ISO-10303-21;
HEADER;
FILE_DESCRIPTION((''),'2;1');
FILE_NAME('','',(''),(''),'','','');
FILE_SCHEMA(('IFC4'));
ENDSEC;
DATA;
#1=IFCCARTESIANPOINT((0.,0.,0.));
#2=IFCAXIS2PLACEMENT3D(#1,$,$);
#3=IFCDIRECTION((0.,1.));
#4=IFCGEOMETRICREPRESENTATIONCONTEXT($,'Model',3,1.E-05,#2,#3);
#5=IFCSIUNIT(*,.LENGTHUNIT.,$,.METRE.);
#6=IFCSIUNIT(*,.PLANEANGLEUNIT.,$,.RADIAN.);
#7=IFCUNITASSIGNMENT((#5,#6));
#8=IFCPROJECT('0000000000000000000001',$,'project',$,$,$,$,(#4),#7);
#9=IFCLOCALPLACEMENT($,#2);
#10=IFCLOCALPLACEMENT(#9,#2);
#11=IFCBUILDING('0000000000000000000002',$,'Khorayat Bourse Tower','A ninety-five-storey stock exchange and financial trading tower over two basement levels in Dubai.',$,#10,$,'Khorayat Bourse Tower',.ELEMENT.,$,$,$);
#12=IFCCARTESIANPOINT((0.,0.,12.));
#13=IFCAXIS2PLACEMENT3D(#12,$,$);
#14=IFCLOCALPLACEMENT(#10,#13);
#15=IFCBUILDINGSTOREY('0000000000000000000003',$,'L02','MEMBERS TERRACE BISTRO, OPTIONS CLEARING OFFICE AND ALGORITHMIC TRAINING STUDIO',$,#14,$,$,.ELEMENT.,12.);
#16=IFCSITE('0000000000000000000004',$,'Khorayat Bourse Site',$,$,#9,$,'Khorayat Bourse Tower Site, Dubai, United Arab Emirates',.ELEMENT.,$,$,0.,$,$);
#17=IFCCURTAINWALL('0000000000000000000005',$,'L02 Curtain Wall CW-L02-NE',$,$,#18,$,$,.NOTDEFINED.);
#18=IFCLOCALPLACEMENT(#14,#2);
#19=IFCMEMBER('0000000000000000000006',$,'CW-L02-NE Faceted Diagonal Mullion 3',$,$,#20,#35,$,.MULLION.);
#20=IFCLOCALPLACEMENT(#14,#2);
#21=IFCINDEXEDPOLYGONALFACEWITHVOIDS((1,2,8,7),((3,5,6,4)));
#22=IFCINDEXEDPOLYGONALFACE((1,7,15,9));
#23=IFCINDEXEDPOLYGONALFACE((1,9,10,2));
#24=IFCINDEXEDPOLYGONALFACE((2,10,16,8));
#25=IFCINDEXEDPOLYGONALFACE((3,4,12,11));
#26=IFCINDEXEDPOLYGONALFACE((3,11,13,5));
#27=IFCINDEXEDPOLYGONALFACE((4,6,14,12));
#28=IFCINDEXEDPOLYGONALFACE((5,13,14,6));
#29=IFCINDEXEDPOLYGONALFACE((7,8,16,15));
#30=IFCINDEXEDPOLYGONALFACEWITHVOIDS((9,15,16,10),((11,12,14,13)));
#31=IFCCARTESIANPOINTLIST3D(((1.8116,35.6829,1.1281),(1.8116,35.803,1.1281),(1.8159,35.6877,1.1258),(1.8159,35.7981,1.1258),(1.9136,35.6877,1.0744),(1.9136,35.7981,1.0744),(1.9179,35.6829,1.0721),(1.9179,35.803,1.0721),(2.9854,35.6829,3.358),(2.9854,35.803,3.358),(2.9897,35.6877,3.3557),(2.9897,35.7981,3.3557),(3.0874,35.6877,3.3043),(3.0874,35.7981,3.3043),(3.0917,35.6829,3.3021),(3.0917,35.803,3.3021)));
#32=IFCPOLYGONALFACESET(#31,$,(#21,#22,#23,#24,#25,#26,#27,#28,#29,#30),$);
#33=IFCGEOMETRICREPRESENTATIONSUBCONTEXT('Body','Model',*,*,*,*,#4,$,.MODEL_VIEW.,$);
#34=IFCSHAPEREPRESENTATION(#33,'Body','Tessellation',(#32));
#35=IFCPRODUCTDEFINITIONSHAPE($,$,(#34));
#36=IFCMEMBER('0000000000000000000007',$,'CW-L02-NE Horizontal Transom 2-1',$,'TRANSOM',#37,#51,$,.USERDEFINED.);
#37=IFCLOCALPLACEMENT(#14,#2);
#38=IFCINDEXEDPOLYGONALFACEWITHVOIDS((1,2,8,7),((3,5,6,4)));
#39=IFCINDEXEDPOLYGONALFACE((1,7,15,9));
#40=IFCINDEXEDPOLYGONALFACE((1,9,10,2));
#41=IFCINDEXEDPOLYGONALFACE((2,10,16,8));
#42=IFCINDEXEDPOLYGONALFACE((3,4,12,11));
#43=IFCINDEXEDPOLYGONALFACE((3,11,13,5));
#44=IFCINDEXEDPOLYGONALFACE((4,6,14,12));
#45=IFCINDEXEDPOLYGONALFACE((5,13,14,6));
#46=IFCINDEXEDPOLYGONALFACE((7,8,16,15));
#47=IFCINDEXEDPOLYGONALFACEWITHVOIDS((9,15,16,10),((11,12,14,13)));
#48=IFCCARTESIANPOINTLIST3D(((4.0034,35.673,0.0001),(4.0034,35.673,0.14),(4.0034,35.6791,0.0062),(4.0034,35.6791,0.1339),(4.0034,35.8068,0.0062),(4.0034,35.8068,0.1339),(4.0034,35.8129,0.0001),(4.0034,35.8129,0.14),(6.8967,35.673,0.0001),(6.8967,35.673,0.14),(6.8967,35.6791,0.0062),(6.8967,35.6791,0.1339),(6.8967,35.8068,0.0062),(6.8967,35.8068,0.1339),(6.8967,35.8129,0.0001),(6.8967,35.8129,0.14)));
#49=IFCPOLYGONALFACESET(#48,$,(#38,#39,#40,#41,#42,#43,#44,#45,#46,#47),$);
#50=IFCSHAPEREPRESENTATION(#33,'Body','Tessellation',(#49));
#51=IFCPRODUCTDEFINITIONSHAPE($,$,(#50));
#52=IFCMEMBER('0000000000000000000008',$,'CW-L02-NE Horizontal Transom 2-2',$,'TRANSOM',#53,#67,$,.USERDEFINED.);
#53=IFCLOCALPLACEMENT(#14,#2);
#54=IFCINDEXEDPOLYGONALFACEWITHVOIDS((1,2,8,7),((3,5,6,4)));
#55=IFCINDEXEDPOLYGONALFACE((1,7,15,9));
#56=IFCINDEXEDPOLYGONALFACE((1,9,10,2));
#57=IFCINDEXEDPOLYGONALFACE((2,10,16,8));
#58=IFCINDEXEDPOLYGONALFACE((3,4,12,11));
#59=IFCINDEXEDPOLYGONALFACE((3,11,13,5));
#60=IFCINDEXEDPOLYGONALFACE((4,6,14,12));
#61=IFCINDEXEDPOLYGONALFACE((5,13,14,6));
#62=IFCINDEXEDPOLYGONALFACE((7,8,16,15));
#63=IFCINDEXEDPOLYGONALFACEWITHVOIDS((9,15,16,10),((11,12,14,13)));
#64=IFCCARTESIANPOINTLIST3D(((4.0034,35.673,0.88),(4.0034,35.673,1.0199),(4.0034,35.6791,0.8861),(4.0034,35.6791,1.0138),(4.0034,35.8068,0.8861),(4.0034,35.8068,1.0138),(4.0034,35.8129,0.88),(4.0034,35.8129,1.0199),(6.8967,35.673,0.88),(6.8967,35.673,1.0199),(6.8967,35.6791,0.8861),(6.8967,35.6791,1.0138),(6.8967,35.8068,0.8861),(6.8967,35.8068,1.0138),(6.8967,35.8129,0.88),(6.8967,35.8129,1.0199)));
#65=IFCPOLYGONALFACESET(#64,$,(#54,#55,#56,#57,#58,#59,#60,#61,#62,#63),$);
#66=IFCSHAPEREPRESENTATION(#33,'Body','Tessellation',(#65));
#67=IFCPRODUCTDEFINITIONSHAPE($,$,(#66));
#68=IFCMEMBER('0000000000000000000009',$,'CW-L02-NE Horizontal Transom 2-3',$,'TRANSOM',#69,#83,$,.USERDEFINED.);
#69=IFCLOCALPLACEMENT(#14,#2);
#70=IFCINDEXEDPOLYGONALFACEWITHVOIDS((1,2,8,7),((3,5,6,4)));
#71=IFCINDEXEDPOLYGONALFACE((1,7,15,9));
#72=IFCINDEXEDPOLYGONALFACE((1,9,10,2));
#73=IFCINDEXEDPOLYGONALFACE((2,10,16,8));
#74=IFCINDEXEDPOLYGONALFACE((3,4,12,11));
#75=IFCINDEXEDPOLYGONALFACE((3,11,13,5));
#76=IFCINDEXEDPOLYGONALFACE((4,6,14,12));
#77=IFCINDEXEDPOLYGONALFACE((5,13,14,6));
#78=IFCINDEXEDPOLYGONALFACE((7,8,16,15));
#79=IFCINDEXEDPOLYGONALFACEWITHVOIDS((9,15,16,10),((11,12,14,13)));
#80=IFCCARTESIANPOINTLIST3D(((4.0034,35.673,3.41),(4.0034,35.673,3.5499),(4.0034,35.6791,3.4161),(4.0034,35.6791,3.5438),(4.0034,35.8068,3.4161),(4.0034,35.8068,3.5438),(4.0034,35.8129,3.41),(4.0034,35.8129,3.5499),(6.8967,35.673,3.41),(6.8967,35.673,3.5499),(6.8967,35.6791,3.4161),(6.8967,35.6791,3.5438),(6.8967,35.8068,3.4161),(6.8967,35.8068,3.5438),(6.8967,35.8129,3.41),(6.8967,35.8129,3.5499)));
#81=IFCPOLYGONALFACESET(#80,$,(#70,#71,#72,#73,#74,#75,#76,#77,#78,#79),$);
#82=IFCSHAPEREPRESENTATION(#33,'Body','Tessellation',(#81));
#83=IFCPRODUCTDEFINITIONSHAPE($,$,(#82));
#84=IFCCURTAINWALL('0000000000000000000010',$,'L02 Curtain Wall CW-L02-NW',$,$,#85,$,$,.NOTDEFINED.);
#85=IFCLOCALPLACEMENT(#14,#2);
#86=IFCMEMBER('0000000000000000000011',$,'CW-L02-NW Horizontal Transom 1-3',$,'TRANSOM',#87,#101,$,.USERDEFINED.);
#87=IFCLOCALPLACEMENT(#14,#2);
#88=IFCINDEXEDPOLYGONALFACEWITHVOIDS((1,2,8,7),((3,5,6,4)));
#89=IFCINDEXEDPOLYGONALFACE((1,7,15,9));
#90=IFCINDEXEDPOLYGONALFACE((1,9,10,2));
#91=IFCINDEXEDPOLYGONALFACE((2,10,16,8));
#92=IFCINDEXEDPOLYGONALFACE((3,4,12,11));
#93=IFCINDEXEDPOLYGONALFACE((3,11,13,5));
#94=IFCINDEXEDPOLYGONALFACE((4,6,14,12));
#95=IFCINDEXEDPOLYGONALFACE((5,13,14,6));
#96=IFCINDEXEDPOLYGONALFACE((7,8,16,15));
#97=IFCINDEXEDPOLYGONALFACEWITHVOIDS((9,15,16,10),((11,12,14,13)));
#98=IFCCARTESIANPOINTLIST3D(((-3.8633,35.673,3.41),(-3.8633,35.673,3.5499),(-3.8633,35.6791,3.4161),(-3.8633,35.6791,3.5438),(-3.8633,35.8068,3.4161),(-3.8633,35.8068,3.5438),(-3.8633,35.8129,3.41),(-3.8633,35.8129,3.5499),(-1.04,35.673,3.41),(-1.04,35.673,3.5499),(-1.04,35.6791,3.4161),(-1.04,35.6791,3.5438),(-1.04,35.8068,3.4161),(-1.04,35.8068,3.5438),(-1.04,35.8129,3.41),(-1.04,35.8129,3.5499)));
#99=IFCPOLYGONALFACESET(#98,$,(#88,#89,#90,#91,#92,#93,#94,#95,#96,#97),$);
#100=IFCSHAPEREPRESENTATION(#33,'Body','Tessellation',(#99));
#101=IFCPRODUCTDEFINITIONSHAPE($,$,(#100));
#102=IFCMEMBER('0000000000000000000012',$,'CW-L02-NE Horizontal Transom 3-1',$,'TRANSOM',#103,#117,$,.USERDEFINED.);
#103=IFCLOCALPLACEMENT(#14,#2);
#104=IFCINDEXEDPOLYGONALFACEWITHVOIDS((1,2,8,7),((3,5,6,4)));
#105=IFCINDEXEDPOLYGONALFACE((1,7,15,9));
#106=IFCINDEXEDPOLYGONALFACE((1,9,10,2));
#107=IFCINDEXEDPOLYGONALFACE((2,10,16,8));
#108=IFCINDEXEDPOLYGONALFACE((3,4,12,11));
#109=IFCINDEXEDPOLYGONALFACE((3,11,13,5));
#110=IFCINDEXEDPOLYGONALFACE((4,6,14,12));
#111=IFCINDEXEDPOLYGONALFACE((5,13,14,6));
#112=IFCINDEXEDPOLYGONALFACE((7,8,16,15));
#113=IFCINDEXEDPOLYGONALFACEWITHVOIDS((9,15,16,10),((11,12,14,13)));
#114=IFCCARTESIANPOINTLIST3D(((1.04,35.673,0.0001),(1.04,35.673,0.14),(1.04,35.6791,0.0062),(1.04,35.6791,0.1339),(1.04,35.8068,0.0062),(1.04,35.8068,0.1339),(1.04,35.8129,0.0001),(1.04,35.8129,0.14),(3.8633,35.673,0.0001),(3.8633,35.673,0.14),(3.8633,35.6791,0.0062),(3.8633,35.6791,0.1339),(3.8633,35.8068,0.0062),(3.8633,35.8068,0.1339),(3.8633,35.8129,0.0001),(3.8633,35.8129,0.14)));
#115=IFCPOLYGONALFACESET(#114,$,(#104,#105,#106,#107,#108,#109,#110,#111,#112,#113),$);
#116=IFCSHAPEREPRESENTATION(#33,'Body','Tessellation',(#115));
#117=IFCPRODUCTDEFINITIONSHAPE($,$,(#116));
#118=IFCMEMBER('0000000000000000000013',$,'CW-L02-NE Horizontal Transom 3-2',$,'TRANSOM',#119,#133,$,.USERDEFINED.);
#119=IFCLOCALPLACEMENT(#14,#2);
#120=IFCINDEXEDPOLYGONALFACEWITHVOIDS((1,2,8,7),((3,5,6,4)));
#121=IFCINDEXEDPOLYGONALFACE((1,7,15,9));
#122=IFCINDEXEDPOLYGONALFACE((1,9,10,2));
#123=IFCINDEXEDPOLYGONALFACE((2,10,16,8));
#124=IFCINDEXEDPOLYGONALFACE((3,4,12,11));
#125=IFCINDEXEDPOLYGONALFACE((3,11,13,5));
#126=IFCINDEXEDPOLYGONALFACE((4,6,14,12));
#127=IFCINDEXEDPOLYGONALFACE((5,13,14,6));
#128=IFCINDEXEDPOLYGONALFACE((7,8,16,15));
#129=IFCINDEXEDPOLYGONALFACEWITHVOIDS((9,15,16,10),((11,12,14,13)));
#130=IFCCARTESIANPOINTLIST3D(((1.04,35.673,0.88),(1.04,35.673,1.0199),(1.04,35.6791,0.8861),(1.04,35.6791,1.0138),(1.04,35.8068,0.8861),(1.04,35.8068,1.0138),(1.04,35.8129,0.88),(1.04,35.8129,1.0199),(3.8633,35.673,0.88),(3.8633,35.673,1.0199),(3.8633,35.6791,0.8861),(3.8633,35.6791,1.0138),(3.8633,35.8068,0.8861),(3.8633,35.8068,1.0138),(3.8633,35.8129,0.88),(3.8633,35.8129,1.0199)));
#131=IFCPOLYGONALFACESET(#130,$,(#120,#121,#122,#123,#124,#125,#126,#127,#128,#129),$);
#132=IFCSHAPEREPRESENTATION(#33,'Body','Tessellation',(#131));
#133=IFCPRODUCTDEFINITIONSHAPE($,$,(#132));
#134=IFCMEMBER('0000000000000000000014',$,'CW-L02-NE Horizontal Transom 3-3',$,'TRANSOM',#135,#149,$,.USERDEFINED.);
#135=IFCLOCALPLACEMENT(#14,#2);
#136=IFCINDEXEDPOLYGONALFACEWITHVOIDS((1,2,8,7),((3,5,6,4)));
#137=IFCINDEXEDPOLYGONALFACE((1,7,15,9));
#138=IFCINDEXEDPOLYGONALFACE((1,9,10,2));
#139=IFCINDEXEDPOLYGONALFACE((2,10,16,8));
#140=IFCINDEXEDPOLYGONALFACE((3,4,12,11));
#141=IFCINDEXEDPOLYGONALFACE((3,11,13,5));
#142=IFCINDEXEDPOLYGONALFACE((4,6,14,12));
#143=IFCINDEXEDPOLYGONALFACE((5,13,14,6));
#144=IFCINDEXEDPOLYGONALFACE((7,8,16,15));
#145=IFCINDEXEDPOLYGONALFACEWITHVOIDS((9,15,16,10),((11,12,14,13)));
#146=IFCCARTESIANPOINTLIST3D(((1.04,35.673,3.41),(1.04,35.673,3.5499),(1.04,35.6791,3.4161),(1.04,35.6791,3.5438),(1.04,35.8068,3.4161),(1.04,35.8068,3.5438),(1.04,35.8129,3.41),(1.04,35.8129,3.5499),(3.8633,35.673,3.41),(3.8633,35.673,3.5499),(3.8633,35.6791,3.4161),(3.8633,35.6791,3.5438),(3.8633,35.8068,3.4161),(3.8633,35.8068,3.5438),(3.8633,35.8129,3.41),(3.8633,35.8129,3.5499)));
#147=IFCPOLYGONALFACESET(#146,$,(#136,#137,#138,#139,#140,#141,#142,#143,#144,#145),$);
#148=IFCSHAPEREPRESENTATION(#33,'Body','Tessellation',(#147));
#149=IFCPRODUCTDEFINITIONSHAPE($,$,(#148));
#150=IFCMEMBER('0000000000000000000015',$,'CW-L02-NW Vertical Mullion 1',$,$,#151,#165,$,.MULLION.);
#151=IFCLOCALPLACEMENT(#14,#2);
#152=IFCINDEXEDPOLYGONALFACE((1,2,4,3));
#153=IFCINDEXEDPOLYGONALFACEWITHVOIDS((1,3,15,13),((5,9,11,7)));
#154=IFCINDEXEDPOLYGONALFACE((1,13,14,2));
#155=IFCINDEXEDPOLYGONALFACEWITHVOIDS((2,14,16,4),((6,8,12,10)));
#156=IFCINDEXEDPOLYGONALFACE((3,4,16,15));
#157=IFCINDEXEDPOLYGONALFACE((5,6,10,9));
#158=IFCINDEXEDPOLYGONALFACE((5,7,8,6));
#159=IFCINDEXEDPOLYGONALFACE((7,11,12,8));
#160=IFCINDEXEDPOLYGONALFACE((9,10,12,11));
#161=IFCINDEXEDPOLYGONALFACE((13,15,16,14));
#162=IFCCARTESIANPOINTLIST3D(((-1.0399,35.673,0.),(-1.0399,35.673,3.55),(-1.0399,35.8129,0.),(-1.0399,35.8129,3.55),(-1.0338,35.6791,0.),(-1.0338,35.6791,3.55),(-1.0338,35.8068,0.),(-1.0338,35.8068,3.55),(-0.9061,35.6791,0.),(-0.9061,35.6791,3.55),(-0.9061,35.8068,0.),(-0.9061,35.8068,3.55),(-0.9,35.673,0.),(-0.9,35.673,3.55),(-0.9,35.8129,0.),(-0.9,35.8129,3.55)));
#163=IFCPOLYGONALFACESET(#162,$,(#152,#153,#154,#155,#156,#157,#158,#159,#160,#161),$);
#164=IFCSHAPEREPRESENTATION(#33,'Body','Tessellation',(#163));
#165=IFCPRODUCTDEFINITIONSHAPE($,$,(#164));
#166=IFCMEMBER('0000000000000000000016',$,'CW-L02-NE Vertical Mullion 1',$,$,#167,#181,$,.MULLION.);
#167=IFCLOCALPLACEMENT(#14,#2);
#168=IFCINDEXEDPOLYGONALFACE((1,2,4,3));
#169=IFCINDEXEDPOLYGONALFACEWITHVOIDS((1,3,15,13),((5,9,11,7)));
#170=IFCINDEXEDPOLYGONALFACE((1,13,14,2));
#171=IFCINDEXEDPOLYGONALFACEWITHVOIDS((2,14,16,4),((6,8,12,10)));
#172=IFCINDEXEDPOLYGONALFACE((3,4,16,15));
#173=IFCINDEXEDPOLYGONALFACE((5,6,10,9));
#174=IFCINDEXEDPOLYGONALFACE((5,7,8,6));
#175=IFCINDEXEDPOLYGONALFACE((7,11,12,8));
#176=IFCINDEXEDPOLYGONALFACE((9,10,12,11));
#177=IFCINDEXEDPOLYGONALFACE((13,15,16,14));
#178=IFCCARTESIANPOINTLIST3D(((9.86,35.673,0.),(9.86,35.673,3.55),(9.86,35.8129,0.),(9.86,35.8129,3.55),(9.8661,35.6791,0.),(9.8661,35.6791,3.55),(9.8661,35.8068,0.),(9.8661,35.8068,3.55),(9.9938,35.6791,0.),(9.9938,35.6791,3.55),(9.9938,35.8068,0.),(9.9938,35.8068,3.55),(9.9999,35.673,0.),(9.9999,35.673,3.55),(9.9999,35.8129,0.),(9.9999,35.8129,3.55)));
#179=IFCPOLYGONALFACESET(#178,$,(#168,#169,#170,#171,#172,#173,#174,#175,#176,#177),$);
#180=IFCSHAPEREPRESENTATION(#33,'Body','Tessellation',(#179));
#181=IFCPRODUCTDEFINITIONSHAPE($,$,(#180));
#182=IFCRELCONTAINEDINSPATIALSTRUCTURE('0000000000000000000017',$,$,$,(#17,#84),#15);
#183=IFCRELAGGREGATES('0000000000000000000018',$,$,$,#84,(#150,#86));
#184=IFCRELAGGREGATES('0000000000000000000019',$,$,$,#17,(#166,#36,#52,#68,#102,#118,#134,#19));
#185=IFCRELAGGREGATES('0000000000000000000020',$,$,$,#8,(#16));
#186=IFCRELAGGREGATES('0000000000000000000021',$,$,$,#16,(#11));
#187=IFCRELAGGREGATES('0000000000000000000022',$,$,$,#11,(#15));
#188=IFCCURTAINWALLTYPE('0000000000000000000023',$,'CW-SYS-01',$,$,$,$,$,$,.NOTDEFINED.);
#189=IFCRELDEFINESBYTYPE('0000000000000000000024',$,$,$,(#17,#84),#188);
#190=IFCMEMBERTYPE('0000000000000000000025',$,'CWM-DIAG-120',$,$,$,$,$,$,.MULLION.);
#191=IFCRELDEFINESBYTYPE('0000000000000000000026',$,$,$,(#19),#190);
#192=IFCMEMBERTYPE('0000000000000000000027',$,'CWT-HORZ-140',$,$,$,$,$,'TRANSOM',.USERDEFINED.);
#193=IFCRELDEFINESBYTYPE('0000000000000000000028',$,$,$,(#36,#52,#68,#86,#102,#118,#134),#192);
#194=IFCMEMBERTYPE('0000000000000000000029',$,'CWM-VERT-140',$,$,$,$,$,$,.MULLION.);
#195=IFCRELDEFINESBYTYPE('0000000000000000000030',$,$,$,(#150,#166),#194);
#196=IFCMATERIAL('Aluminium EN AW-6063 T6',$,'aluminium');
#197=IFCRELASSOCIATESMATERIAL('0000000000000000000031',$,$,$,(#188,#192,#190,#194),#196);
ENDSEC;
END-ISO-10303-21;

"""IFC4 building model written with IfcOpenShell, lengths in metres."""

from ifc_helpers import new_model, si_unit, direction, frame, origin, origin_2d, place, context, subcontext, project, spatial, hollow_rectangle, extrude, source, transform, mapped, material, material_profile, profile_set, type_object, element, aggregate, save


model = new_model("IFC4")

# Units and contexts
model_context = context("Model", 3, precision=1e-05, world=origin(), true_north=direction((0.0, 1.0)))
body_context = subcontext(model_context, "Body", "Model", "MODEL_VIEW")
ifc_project = project(units=[si_unit("LENGTHUNIT", "METRE"), si_unit("PLANEANGLEUNIT", "RADIAN")], contexts=[model_context])

# Site, building, storey
site_placement = place(None, origin())
site = spatial("IfcSite", under=ifc_project, at=site_placement, Name="Khorayat Bourse Site", LongName="Khorayat Bourse Tower Site, Dubai, United Arab Emirates", CompositionType="ELEMENT", RefElevation=0.0)
building_placement = place(site_placement, origin())
building = spatial("IfcBuilding", under=site, at=building_placement, Name="Khorayat Bourse Tower", Description="A ninety-five-storey stock exchange and financial trading tower over two basement levels in Dubai.", LongName="Khorayat Bourse Tower", CompositionType="ELEMENT")
storey_placement = place(building_placement, frame((0.0, 0.0, 12.0)))
storey = spatial("IfcBuildingStorey", under=building, at=storey_placement, Name="L02", Description="MEMBERS TERRACE BISTRO, OPTIONS CLEARING OFFICE AND ALGORITHMIC TRAINING STUDIO", CompositionType="ELEMENT", Elevation=12.0)

# Curtain wall, members
ifc_material_1 = material(Name="Aluminium EN AW-6063 T6", Category="aluminium")
curtain_wall_type = type_object("IfcCurtainWallType", Name="CW-SYS-01", PredefinedType="NOTDEFINED", material=ifc_material_1)
curtain_wall_1_placement = place(storey_placement, origin())
curtain_wall_1 = element("IfcCurtainWall", 1, at=curtain_wall_1_placement, inside=storey, type_object=curtain_wall_type, Name="L02 Curtain Wall CW-L02-NE", PredefinedType="NOTDEFINED")
ifc_material_profile_1 = material_profile(ifc_material_1, hollow_rectangle(XDim=0.1399, YDim=0.1399, WallThickness=0.0061, at=origin_2d()), Name="ALU 140x140x6")
ifc_profile_set_1 = profile_set([ifc_material_profile_1], Name="Aluminium EN AW-6063 T6")
member_type_1 = type_object("IfcMemberType", Name="CWT-HORZ-140", ElementType="TRANSOM", PredefinedType="USERDEFINED", material=ifc_profile_set_1)
ifc_material_profile_2 = material_profile(ifc_material_1, hollow_rectangle(XDim=0.1201, YDim=0.1201, WallThickness=0.0049, at=origin_2d()), Name="ALU 120x120x5")
ifc_profile_set_2 = profile_set([ifc_material_profile_2], Name="Aluminium EN AW-6063 T6")
member_type_2 = type_object("IfcMemberType", Name="CWM-DIAG-120", PredefinedType="MULLION", material=ifc_profile_set_2)
shared_shape_1 = source(origin(), body_context, "Body", "SweptSolid", [
    extrude(hollow_rectangle(XDim=0.1201, YDim=0.1201, WallThickness=0.0049, at=origin_2d()), origin(), (0.0, 0.0, 1.0), 2.52),
])
member_1_placement = place(storey_placement, frame((1.8647, 35.7429, 1.1001), z_axis=(0.465794, 0.0, 0.884893), x_axis=(0.0, 1.0, 0.0)))
member_1 = element("IfcMember", 2, at=member_1_placement, type_object=member_type_2, Name="CW-L02-NE Faceted Diagonal Mullion 3", PredefinedType="MULLION", context=body_context, shape_type="MappedRepresentation", body=[
    mapped(shared_shape_1, transform((0.0, 0.0, 0.0), scale=1.0)),
])
shared_shape_2 = source(origin(), body_context, "Body", "SweptSolid", [
    extrude(hollow_rectangle(XDim=0.1399, YDim=0.1399, WallThickness=0.0061, at=origin_2d()), origin(), (0.0, 0.0, 1.0), 2.8933),
])
member_2_placement = place(storey_placement, frame((6.8967, 35.7429, 0.0701), z_axis=(-1.0, 0.0, 0.0), x_axis=(0.0, -1.0, 0.0)))
member_2 = element("IfcMember", 3, at=member_2_placement, type_object=member_type_1, Name="CW-L02-NE Horizontal Transom 2-1", ObjectType="TRANSOM", PredefinedType="USERDEFINED", context=body_context, shape_type="MappedRepresentation", body=[
    mapped(shared_shape_2, transform((0.0, 0.0, 0.0), scale=1.0)),
])
member_3_placement = place(storey_placement, frame((6.8967, 35.7429, 0.95), z_axis=(-1.0, 0.0, 0.0), x_axis=(0.0, -1.0, 0.0)))
member_3 = element("IfcMember", 4, at=member_3_placement, type_object=member_type_1, Name="CW-L02-NE Horizontal Transom 2-2", ObjectType="TRANSOM", PredefinedType="USERDEFINED", context=body_context, shape_type="MappedRepresentation", body=[
    mapped(shared_shape_2, transform((0.0, 0.0, 0.0), scale=1.0)),
])
member_4_placement = place(storey_placement, frame((6.8967, 35.7429, 3.48), z_axis=(-1.0, 0.0, 0.0), x_axis=(0.0, -1.0, 0.0)))
member_4 = element("IfcMember", 5, at=member_4_placement, type_object=member_type_1, Name="CW-L02-NE Horizontal Transom 2-3", ObjectType="TRANSOM", PredefinedType="USERDEFINED", context=body_context, shape_type="MappedRepresentation", body=[
    mapped(shared_shape_2, transform((0.0, 0.0, 0.0), scale=1.0)),
])

# Curtain wall, member
curtain_wall_2_placement = place(storey_placement, origin())
curtain_wall_2 = element("IfcCurtainWall", 6, at=curtain_wall_2_placement, inside=storey, type_object=curtain_wall_type, Name="L02 Curtain Wall CW-L02-NW", PredefinedType="NOTDEFINED")
shared_shape_3 = source(origin(), body_context, "Body", "SweptSolid", [
    extrude(hollow_rectangle(XDim=0.1399, YDim=0.1399, WallThickness=0.0061, at=origin_2d()), origin(), (0.0, 0.0, 1.0), 2.8232),
])
member_5_placement = place(storey_placement, frame((-1.04, 35.7429, 3.48), z_axis=(-1.0, 0.0, 0.0), x_axis=(0.0, -1.0, 0.0)))
member_5 = element("IfcMember", 7, at=member_5_placement, type_object=member_type_1, Name="CW-L02-NW Horizontal Transom 1-3", ObjectType="TRANSOM", PredefinedType="USERDEFINED", context=body_context, shape_type="MappedRepresentation", body=[
    mapped(shared_shape_3, transform((0.0, 0.0, 0.0), scale=1.0)),
])

# Members
member_6_placement = place(storey_placement, frame((3.8633, 35.7429, 0.0701), z_axis=(-1.0, 0.0, 0.0), x_axis=(0.0, -1.0, 0.0)))
member_6 = element("IfcMember", 8, at=member_6_placement, type_object=member_type_1, Name="CW-L02-NE Horizontal Transom 3-1", ObjectType="TRANSOM", PredefinedType="USERDEFINED", context=body_context, shape_type="MappedRepresentation", body=[
    mapped(shared_shape_3, transform((0.0, 0.0, 0.0), scale=1.0)),
])
member_7_placement = place(storey_placement, frame((3.8633, 35.7429, 0.95), z_axis=(-1.0, 0.0, 0.0), x_axis=(0.0, -1.0, 0.0)))
member_7 = element("IfcMember", 9, at=member_7_placement, type_object=member_type_1, Name="CW-L02-NE Horizontal Transom 3-2", ObjectType="TRANSOM", PredefinedType="USERDEFINED", context=body_context, shape_type="MappedRepresentation", body=[
    mapped(shared_shape_3, transform((0.0, 0.0, 0.0), scale=1.0)),
])
member_8_placement = place(storey_placement, frame((3.8633, 35.7429, 3.48), z_axis=(-1.0, 0.0, 0.0), x_axis=(0.0, -1.0, 0.0)))
member_8 = element("IfcMember", 10, at=member_8_placement, type_object=member_type_1, Name="CW-L02-NE Horizontal Transom 3-3", ObjectType="TRANSOM", PredefinedType="USERDEFINED", context=body_context, shape_type="MappedRepresentation", body=[
    mapped(shared_shape_3, transform((0.0, 0.0, 0.0), scale=1.0)),
])
ifc_material_profile_3 = material_profile(ifc_material_1, hollow_rectangle(XDim=0.1399, YDim=0.1399, WallThickness=0.0061, at=origin_2d()), Name="ALU 140x140x6")
ifc_profile_set_3 = profile_set([ifc_material_profile_3], Name="Aluminium EN AW-6063 T6")
member_type_3 = type_object("IfcMemberType", Name="CWM-VERT-140", PredefinedType="MULLION", material=ifc_profile_set_3)
shared_shape_4 = source(origin(), body_context, "Body", "SweptSolid", [
    extrude(hollow_rectangle(XDim=0.1399, YDim=0.1399, WallThickness=0.0061, at=origin_2d()), origin(), (0.0, 0.0, 1.0), 3.55),
])
member_9_placement = place(storey_placement, frame((-0.97, 35.7429, 0.0), z_axis=(0.0, 0.0, 1.0), x_axis=(0.0, -1.0, 0.0)))
member_9 = element("IfcMember", 11, at=member_9_placement, type_object=member_type_3, Name="CW-L02-NW Vertical Mullion 1", PredefinedType="MULLION", context=body_context, shape_type="MappedRepresentation", body=[
    mapped(shared_shape_4, transform((0.0, 0.0, 0.0), scale=1.0)),
])
aggregate(curtain_wall_2, [member_9, member_5])
member_10_placement = place(storey_placement, frame((9.9299, 35.7429, 0.0), z_axis=(0.0, 0.0, 1.0), x_axis=(0.0, -1.0, 0.0)))
member_10 = element("IfcMember", 12, at=member_10_placement, type_object=member_type_3, Name="CW-L02-NE Vertical Mullion 1", PredefinedType="MULLION", context=body_context, shape_type="MappedRepresentation", body=[
    mapped(shared_shape_4, transform((0.0, 0.0, 0.0), scale=1.0)),
])

aggregate(curtain_wall_1, [member_10, member_2, member_3, member_4, member_6, member_7, member_8, member_1])

save(model, "model.ifc")
